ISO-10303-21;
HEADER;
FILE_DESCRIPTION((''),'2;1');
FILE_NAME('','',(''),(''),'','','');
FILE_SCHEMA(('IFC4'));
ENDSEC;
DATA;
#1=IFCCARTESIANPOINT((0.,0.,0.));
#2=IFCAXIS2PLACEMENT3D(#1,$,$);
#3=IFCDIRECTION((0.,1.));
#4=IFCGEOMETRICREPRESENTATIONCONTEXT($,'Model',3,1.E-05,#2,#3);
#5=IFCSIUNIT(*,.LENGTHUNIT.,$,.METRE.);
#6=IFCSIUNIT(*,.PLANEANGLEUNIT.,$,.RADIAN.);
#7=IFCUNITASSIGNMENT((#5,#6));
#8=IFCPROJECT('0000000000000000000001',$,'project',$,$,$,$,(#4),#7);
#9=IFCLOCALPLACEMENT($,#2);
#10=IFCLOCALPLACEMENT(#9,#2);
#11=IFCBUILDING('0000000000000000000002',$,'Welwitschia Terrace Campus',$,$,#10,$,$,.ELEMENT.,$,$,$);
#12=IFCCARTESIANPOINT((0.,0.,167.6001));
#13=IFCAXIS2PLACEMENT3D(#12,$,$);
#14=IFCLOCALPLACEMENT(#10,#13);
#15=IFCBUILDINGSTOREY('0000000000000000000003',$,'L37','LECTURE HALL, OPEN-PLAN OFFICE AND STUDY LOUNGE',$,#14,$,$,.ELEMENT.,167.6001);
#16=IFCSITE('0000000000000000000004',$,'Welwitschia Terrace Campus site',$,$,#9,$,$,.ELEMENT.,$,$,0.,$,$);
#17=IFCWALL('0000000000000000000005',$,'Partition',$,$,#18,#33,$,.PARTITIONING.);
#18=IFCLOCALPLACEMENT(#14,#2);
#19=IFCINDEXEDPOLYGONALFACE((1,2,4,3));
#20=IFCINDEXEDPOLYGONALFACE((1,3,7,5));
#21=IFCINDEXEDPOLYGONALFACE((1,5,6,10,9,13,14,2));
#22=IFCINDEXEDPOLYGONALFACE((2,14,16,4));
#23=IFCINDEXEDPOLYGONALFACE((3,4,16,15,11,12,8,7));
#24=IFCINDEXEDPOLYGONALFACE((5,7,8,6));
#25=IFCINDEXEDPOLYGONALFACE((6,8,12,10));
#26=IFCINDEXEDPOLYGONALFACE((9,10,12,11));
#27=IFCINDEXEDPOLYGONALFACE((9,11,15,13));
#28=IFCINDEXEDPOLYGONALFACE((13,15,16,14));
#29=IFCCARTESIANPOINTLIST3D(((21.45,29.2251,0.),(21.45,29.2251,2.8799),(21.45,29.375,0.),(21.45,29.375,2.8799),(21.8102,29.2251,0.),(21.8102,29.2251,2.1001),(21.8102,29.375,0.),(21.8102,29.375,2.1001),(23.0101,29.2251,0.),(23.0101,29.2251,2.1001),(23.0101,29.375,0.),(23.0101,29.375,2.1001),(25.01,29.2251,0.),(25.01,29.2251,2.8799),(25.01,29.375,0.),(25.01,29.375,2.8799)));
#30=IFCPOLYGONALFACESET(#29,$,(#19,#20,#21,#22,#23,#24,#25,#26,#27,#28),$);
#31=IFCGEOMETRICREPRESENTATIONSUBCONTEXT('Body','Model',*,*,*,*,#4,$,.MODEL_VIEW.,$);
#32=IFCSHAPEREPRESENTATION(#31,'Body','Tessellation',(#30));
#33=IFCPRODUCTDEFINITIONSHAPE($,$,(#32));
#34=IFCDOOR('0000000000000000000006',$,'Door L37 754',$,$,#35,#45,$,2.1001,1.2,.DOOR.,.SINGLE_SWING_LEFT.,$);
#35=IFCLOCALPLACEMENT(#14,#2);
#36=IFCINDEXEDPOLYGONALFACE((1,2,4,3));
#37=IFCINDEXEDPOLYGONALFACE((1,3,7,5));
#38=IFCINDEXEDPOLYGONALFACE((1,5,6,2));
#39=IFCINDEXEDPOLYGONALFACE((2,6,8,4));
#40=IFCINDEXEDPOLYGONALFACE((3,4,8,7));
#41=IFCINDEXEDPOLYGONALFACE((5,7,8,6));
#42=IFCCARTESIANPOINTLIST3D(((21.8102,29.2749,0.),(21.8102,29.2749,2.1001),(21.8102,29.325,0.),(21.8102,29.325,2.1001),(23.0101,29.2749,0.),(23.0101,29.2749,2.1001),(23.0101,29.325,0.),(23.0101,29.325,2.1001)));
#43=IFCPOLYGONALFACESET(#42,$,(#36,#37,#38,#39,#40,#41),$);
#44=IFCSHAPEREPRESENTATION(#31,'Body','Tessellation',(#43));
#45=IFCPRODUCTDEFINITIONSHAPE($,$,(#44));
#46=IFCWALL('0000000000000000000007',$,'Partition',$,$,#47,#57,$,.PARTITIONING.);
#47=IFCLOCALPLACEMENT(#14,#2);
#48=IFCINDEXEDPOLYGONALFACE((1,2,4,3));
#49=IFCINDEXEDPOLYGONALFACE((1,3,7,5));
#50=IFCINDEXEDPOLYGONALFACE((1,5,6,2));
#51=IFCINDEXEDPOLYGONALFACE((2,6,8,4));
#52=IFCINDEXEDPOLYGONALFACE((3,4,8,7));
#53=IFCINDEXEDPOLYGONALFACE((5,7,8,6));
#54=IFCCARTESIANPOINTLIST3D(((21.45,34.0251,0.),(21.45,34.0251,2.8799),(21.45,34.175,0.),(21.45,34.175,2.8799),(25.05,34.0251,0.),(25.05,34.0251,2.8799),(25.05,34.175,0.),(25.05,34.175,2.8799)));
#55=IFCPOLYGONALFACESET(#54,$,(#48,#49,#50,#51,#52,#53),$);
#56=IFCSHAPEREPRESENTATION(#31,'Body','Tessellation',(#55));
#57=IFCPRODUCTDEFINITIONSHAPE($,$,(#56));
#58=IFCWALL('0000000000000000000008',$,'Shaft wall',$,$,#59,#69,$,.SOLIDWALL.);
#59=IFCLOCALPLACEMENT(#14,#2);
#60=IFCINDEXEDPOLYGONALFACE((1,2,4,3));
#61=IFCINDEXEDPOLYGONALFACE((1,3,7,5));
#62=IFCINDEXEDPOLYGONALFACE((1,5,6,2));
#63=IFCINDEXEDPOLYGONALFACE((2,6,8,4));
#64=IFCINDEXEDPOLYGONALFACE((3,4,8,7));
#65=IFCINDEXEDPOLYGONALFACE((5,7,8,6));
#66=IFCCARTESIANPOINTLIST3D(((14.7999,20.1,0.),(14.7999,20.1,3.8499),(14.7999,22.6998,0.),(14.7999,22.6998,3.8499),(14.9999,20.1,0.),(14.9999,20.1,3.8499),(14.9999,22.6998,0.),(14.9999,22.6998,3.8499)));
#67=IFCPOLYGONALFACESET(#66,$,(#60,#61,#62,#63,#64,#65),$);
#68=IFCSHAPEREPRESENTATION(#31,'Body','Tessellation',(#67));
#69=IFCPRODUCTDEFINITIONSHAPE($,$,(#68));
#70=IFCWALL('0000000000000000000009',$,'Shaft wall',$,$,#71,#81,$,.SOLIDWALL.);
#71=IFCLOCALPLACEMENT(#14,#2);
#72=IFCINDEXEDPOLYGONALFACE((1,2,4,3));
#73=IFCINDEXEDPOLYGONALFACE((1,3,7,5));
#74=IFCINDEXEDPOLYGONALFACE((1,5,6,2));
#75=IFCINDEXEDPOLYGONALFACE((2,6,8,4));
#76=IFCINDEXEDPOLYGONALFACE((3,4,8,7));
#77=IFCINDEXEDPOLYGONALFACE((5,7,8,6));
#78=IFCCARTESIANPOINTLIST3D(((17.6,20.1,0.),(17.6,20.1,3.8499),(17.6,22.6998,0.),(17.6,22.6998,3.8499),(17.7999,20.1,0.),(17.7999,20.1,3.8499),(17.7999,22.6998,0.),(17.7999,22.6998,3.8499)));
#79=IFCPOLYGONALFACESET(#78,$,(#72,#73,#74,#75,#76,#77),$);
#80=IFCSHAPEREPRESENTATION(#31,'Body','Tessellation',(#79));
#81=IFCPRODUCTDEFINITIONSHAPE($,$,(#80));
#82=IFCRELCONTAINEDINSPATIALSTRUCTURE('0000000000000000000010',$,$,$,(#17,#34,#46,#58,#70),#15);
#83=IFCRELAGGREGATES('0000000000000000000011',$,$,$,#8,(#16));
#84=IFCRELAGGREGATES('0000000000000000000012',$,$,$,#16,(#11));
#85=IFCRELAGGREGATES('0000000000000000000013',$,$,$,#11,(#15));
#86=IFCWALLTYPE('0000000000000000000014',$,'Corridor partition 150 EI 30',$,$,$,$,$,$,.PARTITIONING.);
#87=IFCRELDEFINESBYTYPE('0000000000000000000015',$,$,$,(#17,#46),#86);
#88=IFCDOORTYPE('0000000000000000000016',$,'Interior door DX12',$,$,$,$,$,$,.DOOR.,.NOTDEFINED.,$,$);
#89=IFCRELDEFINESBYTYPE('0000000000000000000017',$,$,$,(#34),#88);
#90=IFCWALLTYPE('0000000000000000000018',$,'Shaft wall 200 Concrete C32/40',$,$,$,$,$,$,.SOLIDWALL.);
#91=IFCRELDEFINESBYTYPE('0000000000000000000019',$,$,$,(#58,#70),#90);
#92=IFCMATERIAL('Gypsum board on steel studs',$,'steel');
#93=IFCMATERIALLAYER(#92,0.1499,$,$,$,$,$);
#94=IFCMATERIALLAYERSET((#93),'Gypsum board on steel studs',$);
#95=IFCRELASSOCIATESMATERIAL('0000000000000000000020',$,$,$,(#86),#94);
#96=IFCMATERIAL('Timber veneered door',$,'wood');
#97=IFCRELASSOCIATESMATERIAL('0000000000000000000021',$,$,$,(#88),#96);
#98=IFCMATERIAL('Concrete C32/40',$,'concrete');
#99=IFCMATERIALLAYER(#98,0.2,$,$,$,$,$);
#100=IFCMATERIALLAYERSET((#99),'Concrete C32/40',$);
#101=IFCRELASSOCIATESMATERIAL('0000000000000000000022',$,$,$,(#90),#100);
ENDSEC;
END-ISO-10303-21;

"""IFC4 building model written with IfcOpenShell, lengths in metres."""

from ifc_helpers import new_model, si_unit, direction, frame, frame_2d, origin, place, context, subcontext, project, spatial, rectangle, extrude, material, layer, layer_set, type_object, element, fill, save


model = new_model("IFC4")

# Units and contexts
model_context = context("Model", 3, precision=1e-05, world=origin(), true_north=direction((0.0, 1.0)))
body_context = subcontext(model_context, "Body", "Model", "MODEL_VIEW")
ifc_project = project(units=[si_unit("LENGTHUNIT", "METRE"), si_unit("PLANEANGLEUNIT", "RADIAN")], contexts=[model_context])

# Site, building, storey
site_placement = place(None, origin())
site = spatial("IfcSite", under=ifc_project, at=site_placement, Name="Welwitschia Terrace Campus site", CompositionType="ELEMENT", RefElevation=0.0)
building_placement = place(site_placement, origin())
building = spatial("IfcBuilding", under=site, at=building_placement, Name="Welwitschia Terrace Campus", CompositionType="ELEMENT")
storey_placement = place(building_placement, frame((0.0, 0.0, 167.6001)))
storey = spatial("IfcBuildingStorey", under=building, at=storey_placement, Name="L37", Description="LECTURE HALL, OPEN-PLAN OFFICE AND STUDY LOUNGE", CompositionType="ELEMENT", Elevation=167.6001)

# Shared definitions
ifc_material_1 = material(Name="Gypsum board on steel studs", Category="steel")
ifc_layer_1 = layer(ifc_material_1, 0.1499)
ifc_layer_set_1 = layer_set([ifc_layer_1], Name="Gypsum board on steel studs")
wall_type_1 = type_object("IfcWallType", Name="Corridor partition 150 EI 30", PredefinedType="PARTITIONING", material=ifc_layer_set_1)

# Wall, opening, door
wall_1_placement = place(storey_placement, frame((21.45, 29.3, 0.0), z_axis=(0.0, 0.0, 1.0), x_axis=(1.0, 0.0, 0.0)))
wall_1 = element("IfcWall", 1, at=wall_1_placement, inside=storey, type_object=wall_type_1, Name="Partition", PredefinedType="PARTITIONING", context=body_context, shape_type="SweptSolid", body=[
    extrude(rectangle(XDim=3.5601, YDim=0.1499, at=frame_2d((1.78, 0.0))), origin(), (0.0, 0.0, 1.0), 2.8799),
])
opening_1_placement = place(wall_1_placement, frame((0.3601, 0.0, 0.0)))
opening_1 = element("IfcOpeningElement", 2, at=opening_1_placement, cuts=wall_1, PredefinedType="OPENING", context=body_context, shape_type="SweptSolid", body=[
    extrude(rectangle(XDim=1.2, YDim=2.1001, at=frame_2d((0.6001, 1.05))), frame((0.0, 0.085, 0.0), z_axis=(0.0, -1.0, 0.0), x_axis=(1.0, 0.0, 0.0)), (0.0, 0.0, 1.0), 0.1699),
])
ifc_material_2 = material(Name="Timber veneered door", Category="wood")
door_type_1 = type_object("IfcDoorType", Name="Interior door DX12", OperationType="NOTDEFINED", PredefinedType="DOOR", material=ifc_material_2)
door_1_placement = place(opening_1_placement, origin())
door_1 = element("IfcDoor", 3, at=door_1_placement, inside=storey, type_object=door_type_1, Name="Door L37 754", OperationType="SINGLE_SWING_LEFT", OverallHeight=2.1001, OverallWidth=1.2, PredefinedType="DOOR", context=body_context, shape_type="SweptSolid", body=[
    extrude(rectangle(XDim=1.2, YDim=2.1001, at=frame_2d((0.6001, 1.05))), frame((0.0, 0.0249, 0.0), z_axis=(0.0, -1.0, 0.0), x_axis=(1.0, 0.0, 0.0)), (0.0, 0.0, 1.0), 0.05),
])
fill(opening_1, door_1)

# Walls
wall_2_placement = place(storey_placement, frame((21.45, 34.1001, 0.0), z_axis=(0.0, 0.0, 1.0), x_axis=(1.0, 0.0, 0.0)))
element("IfcWall", 4, at=wall_2_placement, inside=storey, type_object=wall_type_1, Name="Partition", PredefinedType="PARTITIONING", context=body_context, shape_type="SweptSolid", body=[
    extrude(rectangle(XDim=3.6001, YDim=0.1499, at=frame_2d((1.8, 0.0))), origin(), (0.0, 0.0, 1.0), 2.8799),
])
ifc_material_3 = material(Name="Concrete C32/40", Category="concrete")
ifc_layer_2 = layer(ifc_material_3, 0.2)
ifc_layer_set_2 = layer_set([ifc_layer_2], Name="Concrete C32/40")
wall_type_2 = type_object("IfcWallType", Name="Shaft wall 200 Concrete C32/40", PredefinedType="SOLIDWALL", material=ifc_layer_set_2)
for number, where, z_axis, x_axis, name in (
    (5, (14.8999, 20.1001, 0.0), (0.0, 0.0, 1.0), (0.0, 1.0, 0.0), "Shaft wall"),
    (6, (17.7, 20.1001, 0.0), (0.0, 0.0, 1.0), (0.0, 1.0, 0.0), "Shaft wall"),
):
    element("IfcWall", number, at=place(storey_placement, frame(where, z_axis=z_axis, x_axis=x_axis)), inside=storey, type_object=wall_type_2, Name=name, PredefinedType="SOLIDWALL", context=body_context, shape_type="SweptSolid", body=[
        extrude(rectangle(XDim=2.5999, YDim=0.2, at=frame_2d((1.2998, 0.0))), origin(), (0.0, 0.0, 1.0), 3.8499),
    ])

save(model, "model.ifc")
